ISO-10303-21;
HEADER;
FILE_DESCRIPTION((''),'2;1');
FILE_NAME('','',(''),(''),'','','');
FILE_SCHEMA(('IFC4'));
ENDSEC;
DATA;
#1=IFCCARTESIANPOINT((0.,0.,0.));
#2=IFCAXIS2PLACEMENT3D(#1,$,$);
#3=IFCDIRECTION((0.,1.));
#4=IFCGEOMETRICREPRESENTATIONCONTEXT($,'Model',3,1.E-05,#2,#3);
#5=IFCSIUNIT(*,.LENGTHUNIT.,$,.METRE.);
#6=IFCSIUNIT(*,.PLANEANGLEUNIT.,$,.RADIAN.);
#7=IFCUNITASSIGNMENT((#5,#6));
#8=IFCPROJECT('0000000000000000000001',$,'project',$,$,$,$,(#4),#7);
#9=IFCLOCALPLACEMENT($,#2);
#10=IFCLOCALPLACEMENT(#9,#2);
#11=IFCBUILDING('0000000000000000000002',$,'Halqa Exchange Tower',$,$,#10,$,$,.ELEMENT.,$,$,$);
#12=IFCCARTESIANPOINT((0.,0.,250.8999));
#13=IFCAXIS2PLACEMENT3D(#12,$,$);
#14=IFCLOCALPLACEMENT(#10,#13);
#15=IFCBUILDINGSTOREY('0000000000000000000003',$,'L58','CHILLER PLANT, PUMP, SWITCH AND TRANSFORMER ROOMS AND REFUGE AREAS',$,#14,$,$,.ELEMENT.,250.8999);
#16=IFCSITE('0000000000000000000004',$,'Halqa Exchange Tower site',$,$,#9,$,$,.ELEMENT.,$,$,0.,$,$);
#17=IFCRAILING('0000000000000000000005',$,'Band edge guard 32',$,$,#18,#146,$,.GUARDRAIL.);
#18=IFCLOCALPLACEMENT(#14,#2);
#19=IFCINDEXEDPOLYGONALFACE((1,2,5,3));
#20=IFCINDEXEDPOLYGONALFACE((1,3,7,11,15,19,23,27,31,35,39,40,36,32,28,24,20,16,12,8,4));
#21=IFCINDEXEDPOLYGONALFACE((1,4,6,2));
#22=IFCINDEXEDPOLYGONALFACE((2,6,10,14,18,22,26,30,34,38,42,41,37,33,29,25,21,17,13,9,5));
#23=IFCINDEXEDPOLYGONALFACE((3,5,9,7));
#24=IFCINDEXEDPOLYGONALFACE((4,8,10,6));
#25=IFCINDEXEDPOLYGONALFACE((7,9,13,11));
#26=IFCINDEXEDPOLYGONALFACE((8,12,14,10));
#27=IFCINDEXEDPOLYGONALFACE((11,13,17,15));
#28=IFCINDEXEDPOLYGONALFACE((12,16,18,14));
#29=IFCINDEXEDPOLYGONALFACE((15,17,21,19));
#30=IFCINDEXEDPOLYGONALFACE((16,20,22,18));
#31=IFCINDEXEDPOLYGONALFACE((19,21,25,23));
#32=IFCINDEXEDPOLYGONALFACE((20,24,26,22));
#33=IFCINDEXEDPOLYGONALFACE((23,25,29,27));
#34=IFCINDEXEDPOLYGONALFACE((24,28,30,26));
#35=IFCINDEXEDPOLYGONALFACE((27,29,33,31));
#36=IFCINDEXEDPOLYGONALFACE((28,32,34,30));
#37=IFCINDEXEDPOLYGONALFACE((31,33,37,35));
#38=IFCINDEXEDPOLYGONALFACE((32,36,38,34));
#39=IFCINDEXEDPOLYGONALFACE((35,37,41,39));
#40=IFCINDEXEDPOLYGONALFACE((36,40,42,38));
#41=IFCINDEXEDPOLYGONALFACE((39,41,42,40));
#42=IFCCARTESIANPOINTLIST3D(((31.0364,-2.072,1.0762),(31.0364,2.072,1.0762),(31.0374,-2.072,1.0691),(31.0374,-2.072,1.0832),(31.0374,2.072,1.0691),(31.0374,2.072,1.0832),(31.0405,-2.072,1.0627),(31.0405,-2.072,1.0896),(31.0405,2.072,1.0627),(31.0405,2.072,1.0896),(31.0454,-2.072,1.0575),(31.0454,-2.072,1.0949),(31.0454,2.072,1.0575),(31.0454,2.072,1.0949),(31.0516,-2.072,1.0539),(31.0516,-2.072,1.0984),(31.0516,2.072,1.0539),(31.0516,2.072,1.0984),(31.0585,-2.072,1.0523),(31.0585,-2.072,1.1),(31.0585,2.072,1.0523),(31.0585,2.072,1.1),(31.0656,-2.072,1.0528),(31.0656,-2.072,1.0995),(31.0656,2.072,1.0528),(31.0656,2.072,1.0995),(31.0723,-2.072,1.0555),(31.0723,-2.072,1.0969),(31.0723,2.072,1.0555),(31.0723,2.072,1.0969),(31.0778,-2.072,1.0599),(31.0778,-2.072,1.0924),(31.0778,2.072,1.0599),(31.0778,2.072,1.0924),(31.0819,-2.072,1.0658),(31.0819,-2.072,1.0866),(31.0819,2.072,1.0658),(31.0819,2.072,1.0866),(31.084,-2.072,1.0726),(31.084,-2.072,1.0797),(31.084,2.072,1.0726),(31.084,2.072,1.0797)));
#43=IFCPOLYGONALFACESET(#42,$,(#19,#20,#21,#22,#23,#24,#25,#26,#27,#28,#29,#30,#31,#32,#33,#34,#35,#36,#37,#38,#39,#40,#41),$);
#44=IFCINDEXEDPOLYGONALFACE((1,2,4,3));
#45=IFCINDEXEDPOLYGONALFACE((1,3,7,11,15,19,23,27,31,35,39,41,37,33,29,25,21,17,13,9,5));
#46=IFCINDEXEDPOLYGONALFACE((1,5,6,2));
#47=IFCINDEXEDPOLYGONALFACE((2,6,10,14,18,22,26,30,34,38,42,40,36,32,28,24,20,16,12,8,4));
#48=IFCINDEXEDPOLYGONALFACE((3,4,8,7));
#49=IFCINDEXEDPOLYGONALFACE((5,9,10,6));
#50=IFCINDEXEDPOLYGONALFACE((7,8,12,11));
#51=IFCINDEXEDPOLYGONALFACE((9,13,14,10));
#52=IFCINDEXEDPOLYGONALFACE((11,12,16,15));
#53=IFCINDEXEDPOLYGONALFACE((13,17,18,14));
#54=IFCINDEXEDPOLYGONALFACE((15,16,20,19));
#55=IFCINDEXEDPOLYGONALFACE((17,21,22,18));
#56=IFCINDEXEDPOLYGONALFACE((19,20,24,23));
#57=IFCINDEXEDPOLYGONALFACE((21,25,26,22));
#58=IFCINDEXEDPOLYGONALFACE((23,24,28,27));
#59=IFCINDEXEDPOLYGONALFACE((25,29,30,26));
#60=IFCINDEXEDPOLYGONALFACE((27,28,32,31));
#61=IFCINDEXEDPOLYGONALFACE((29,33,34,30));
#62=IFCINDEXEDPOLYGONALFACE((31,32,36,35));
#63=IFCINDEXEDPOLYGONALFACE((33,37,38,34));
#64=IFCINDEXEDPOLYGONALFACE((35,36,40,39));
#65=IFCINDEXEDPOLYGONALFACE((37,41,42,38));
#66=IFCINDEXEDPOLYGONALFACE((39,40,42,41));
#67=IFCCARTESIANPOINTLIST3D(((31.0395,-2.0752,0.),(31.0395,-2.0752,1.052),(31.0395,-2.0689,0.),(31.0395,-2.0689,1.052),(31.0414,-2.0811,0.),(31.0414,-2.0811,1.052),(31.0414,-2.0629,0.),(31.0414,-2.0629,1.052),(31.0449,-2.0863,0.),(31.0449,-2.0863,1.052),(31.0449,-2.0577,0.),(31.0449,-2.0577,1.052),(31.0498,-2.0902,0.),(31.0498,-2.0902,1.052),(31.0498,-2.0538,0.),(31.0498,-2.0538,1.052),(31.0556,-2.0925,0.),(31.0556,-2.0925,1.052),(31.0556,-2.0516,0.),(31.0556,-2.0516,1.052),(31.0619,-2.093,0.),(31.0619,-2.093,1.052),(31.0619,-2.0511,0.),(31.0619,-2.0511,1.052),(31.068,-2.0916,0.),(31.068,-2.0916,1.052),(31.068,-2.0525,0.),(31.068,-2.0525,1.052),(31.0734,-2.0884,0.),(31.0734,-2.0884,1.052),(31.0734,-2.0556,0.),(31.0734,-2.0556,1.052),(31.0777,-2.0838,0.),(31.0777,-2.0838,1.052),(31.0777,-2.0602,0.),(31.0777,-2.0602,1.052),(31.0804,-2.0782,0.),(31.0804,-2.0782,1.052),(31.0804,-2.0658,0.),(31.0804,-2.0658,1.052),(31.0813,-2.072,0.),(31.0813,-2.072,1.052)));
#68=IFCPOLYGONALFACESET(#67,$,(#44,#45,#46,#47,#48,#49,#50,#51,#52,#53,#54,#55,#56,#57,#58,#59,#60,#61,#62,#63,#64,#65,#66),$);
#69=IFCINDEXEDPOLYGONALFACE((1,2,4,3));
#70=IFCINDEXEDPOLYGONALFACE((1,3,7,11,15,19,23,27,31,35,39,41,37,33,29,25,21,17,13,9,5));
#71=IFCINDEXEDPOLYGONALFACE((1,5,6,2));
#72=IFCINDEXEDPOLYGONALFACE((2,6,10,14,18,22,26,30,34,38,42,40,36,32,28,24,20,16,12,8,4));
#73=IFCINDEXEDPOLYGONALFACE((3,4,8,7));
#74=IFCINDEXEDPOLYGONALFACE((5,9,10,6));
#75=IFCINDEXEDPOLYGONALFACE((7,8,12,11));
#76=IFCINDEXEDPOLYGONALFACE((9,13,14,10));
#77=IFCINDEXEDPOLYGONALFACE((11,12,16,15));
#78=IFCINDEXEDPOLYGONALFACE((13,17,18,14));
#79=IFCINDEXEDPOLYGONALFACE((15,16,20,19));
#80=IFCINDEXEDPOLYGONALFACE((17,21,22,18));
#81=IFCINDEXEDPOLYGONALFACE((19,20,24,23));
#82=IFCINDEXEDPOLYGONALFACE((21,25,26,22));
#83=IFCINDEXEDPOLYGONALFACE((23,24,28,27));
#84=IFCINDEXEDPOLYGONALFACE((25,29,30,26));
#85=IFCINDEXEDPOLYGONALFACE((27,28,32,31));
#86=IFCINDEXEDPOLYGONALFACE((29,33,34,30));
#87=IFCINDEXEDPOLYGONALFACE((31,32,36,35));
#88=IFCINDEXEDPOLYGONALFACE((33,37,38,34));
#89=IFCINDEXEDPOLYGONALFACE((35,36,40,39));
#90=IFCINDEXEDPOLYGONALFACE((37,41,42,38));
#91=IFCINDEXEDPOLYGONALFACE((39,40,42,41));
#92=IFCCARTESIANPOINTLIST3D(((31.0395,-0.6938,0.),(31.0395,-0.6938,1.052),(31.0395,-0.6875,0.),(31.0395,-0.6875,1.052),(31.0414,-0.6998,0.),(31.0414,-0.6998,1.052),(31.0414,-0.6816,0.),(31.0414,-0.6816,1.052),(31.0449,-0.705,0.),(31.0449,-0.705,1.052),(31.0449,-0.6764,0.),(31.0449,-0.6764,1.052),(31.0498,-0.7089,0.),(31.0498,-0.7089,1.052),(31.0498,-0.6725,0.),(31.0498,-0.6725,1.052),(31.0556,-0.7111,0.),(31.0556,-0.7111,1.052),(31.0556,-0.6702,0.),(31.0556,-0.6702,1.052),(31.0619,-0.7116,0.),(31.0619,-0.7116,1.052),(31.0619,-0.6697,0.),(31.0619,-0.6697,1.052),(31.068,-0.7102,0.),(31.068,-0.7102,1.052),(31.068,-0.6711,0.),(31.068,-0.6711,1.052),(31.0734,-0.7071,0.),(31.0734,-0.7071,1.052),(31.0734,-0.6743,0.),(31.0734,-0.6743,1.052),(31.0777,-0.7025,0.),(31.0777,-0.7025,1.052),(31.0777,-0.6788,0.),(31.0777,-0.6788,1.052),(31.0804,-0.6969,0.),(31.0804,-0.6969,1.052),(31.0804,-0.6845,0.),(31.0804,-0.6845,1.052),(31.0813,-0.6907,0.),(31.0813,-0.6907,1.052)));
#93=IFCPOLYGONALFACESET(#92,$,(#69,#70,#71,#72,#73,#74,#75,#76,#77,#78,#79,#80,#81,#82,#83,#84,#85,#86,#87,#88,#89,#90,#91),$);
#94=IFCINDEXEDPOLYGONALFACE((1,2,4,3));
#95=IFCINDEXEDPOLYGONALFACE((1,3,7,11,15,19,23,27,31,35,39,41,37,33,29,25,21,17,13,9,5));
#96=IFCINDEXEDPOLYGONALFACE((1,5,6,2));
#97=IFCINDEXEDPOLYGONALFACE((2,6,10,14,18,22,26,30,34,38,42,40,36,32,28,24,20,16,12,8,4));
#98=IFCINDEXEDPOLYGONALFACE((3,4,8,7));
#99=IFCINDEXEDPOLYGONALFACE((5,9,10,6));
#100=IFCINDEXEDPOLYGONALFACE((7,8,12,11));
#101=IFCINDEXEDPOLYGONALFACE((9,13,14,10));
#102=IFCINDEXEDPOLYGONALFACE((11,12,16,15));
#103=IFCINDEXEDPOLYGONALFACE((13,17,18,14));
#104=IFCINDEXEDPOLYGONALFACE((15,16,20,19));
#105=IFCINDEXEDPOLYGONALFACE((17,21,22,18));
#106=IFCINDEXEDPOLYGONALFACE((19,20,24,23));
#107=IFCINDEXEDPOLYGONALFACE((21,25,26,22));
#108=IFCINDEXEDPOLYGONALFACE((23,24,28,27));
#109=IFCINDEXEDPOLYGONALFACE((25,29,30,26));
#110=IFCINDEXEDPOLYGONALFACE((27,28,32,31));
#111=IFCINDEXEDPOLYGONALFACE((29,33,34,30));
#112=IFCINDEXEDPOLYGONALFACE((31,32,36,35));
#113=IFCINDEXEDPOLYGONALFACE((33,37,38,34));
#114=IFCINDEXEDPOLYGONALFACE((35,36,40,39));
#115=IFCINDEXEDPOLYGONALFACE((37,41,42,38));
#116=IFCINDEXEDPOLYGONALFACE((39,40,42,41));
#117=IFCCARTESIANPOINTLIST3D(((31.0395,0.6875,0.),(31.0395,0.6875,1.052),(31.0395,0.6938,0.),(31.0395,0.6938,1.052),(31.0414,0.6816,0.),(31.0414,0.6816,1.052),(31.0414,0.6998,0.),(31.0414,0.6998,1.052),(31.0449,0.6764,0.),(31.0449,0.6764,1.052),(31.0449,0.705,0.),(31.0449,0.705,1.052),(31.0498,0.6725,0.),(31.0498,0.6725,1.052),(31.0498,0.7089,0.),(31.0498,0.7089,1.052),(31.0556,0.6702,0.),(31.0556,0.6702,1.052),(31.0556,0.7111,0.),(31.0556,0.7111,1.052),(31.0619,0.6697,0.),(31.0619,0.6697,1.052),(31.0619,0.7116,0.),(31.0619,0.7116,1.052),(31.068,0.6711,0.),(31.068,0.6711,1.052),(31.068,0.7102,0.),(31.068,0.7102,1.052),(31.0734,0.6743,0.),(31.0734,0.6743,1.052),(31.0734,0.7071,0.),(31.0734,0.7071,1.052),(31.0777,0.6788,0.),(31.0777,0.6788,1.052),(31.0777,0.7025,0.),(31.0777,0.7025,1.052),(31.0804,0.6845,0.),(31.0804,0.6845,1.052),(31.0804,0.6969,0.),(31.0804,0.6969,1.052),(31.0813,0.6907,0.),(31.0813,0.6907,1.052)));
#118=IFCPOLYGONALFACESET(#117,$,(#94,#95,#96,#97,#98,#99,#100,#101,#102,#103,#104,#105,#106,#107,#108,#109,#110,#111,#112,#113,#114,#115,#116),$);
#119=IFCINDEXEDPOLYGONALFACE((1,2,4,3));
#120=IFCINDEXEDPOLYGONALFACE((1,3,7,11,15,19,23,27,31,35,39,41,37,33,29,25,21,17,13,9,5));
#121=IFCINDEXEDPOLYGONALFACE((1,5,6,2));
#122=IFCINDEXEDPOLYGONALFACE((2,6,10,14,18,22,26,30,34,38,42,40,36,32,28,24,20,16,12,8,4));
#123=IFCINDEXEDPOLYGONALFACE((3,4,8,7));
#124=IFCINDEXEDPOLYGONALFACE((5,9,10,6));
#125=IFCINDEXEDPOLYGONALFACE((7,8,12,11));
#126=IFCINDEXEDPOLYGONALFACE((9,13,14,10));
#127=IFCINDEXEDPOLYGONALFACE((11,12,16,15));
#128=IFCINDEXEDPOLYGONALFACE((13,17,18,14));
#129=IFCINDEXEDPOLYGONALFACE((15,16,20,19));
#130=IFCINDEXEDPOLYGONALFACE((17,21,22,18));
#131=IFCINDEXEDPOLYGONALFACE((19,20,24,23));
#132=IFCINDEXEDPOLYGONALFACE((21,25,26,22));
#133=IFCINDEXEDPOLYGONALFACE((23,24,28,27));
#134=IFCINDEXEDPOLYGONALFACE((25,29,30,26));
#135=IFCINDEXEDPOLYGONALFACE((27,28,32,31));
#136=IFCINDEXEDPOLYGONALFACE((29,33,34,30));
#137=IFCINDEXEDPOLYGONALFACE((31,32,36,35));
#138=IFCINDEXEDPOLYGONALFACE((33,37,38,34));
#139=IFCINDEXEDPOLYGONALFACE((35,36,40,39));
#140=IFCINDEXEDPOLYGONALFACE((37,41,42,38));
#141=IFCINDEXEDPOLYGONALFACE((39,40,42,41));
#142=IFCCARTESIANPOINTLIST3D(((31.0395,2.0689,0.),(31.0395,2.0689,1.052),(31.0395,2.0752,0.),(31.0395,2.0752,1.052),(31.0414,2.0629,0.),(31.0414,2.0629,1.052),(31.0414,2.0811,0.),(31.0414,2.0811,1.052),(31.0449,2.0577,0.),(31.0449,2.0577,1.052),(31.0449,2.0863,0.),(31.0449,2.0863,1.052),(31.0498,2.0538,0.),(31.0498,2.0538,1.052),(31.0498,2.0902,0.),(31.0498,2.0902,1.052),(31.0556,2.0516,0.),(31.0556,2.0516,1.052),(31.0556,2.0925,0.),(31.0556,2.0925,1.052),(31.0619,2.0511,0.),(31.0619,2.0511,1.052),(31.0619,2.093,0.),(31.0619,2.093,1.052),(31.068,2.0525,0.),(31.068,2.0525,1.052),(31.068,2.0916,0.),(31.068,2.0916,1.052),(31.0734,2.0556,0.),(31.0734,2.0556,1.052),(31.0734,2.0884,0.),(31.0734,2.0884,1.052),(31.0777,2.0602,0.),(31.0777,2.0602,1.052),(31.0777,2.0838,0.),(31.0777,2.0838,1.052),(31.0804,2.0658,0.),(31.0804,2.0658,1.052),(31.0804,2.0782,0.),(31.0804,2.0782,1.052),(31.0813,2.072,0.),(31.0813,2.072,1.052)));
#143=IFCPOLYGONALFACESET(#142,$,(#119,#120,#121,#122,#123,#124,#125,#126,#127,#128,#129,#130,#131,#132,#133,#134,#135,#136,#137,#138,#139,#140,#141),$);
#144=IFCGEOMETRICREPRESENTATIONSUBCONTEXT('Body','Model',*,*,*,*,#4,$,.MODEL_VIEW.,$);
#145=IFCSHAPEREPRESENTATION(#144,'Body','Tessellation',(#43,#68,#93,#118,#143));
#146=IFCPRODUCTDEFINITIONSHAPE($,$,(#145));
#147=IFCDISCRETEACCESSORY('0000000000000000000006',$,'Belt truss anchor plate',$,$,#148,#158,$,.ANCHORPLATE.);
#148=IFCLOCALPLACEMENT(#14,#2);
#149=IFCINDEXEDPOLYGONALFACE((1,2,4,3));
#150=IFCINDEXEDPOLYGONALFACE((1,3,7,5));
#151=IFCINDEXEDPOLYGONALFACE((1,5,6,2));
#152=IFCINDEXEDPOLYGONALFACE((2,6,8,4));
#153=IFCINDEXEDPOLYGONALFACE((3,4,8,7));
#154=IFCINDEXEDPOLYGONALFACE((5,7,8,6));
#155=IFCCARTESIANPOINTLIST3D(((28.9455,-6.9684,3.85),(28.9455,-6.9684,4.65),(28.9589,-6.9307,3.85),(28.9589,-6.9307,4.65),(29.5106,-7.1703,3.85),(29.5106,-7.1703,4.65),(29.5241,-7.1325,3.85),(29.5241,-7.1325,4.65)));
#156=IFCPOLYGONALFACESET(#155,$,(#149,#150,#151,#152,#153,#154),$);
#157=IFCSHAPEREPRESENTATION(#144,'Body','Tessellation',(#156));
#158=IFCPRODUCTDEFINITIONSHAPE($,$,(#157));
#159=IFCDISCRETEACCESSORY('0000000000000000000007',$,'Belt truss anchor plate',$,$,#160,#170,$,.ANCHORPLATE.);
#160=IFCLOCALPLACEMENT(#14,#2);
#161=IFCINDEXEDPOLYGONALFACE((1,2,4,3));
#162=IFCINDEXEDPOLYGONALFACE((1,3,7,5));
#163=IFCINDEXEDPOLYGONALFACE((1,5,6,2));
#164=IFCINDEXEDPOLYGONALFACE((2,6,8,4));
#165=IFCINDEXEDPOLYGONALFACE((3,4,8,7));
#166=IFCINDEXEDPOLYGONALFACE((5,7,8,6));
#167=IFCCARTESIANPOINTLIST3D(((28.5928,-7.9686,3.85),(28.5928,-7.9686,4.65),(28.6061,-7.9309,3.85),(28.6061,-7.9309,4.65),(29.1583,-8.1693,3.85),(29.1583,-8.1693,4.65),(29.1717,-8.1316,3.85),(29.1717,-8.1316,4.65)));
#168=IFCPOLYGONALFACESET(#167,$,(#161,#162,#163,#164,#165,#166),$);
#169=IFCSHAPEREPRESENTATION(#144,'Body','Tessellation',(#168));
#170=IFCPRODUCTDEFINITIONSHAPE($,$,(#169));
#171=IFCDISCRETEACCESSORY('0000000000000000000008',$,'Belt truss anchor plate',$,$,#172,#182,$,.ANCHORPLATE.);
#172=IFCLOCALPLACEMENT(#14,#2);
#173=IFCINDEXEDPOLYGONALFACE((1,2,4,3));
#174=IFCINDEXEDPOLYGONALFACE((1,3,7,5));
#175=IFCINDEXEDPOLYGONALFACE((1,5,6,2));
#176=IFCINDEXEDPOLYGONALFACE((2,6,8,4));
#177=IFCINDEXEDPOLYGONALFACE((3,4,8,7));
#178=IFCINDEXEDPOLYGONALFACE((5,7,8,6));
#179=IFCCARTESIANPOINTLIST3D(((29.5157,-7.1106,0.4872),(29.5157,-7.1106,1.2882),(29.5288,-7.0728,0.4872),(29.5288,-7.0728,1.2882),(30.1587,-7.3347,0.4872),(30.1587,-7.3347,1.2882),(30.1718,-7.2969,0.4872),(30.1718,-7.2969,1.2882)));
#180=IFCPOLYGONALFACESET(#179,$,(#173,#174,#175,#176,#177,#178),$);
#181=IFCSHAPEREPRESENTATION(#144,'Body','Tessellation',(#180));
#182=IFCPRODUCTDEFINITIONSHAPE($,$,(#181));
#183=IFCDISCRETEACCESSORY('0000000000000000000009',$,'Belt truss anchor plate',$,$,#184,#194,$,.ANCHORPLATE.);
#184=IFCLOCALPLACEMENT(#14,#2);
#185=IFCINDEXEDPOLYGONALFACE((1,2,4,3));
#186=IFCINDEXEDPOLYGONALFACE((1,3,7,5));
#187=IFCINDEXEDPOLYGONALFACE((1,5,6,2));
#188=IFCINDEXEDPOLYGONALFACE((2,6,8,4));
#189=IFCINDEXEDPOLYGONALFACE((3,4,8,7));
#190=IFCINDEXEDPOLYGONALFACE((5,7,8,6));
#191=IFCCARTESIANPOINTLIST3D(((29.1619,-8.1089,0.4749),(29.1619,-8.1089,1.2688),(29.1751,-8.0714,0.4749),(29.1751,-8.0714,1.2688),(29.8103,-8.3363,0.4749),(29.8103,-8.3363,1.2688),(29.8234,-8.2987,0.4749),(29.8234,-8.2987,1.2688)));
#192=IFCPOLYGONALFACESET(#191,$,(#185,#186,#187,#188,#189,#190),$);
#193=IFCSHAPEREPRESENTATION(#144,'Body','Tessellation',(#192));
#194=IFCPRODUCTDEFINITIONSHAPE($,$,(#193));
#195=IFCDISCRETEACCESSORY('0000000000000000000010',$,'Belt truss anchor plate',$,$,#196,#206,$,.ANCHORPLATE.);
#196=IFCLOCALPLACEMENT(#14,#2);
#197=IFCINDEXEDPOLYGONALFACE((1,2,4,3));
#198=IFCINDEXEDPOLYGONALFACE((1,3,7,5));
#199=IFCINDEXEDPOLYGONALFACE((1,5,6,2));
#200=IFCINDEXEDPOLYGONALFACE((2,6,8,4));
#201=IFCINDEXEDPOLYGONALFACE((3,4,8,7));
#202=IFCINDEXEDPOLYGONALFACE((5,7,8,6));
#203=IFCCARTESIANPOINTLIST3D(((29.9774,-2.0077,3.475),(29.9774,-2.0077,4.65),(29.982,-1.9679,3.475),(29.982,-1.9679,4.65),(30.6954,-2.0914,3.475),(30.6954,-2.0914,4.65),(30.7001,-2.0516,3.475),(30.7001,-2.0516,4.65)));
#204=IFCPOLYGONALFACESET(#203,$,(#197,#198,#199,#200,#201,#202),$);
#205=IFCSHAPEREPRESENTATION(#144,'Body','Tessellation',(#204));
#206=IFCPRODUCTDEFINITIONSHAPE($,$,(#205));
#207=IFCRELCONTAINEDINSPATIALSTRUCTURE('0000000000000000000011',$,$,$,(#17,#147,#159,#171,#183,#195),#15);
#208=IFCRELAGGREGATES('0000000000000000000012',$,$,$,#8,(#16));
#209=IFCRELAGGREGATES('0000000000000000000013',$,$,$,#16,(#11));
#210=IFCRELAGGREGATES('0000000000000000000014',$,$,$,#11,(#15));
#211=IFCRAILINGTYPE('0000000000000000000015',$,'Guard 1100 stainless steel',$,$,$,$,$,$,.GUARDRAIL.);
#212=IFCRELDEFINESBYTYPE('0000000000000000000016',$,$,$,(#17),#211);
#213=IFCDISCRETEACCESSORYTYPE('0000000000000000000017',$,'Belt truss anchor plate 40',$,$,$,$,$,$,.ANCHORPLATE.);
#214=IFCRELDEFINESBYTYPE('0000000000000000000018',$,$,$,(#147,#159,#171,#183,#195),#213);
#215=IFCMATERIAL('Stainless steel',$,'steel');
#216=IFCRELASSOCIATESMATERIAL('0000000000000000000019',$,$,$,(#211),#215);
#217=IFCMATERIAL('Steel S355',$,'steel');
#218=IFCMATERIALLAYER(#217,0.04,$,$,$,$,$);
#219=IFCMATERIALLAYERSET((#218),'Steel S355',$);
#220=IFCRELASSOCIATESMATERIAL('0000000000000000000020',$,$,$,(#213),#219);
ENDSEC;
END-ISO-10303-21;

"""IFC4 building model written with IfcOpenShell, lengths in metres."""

from ifc_helpers import new_model, si_unit, direction, frame, origin, origin_2d, place, context, subcontext, project, spatial, rectangle, circle, extrude, material, layer, layer_set, type_object, element, save


model = new_model("IFC4")

# Units and contexts
model_context = context("Model", 3, precision=1e-05, world=origin(), true_north=direction((0.0, 1.0)))
body_context = subcontext(model_context, "Body", "Model", "MODEL_VIEW")
ifc_project = project(units=[si_unit("LENGTHUNIT", "METRE"), si_unit("PLANEANGLEUNIT", "RADIAN")], contexts=[model_context])

# Site, building, storey
site_placement = place(None, origin())
site = spatial("IfcSite", under=ifc_project, at=site_placement, Name="Halqa Exchange Tower site", CompositionType="ELEMENT", RefElevation=0.0)
building_placement = place(site_placement, origin())
building = spatial("IfcBuilding", under=site, at=building_placement, Name="Halqa Exchange Tower", CompositionType="ELEMENT")
storey_placement = place(building_placement, frame((0.0, 0.0, 250.8999)))
storey = spatial("IfcBuildingStorey", under=building, at=storey_placement, Name="L58", Description="CHILLER PLANT, PUMP, SWITCH AND TRANSFORMER ROOMS AND REFUGE AREAS", CompositionType="ELEMENT", Elevation=250.8999)

# Shared definitions
ifc_material_1 = material(Name="Steel S355", Category="steel")

# Railing
ifc_material_2 = material(Name="Stainless steel", Category="steel")
railing_type = type_object("IfcRailingType", Name="Guard 1100 stainless steel", PredefinedType="GUARDRAIL", material=ifc_material_2)
railing_1_placement = place(storey_placement, frame((31.0603, -2.072, 0.0)))
element("IfcRailing", 1, at=railing_1_placement, inside=storey, type_object=railing_type, Name="Band edge guard 32", PredefinedType="GUARDRAIL", context=body_context, shape_type="SweptSolid", body=[
    extrude(circle(Radius=0.0239, at=origin_2d()), frame((0.0, 0.0, 1.0762), z_axis=(0.0, 1.0, 0.0), x_axis=(-1.0, 0.0, 0.0)), (0.0, 0.0, 1.0), 4.144),
    extrude(circle(Radius=0.021, at=origin_2d()), origin(), (0.0, 0.0, 1.0), 1.052),
    extrude(circle(Radius=0.021, at=origin_2d()), frame((0.0, 1.3813, 0.0)), (0.0, 0.0, 1.0), 1.052),
    extrude(circle(Radius=0.021, at=origin_2d()), frame((0.0, 2.7627, 0.0)), (0.0, 0.0, 1.0), 1.052),
    extrude(circle(Radius=0.021, at=origin_2d()), frame((0.0, 4.144, 0.0)), (0.0, 0.0, 1.0), 1.052),
])

# Discrete accessories
ifc_layer_1 = layer(ifc_material_1, 0.04)
ifc_layer_set_1 = layer_set([ifc_layer_1], Name="Steel S355")
discrete_accessory_type = type_object("IfcDiscreteAccessoryType", Name="Belt truss anchor plate 40", PredefinedType="ANCHORPLATE", material=ifc_layer_set_1)
for number, where, z_axis, x_axis, name in (
    (2, (29.228, -7.0693, 4.25), (0.336336, 0.941742, 0.0), (-0.941742, 0.336336, 0.0), "Belt truss anchor plate"),
    (3, (28.8889, -8.0312, 4.25), (-0.33441, -0.942428, 0.0), (0.942428, -0.33441, 0.0), "Belt truss anchor plate"),
):
    element("IfcDiscreteAccessory", number, at=place(storey_placement, frame(where, z_axis=z_axis, x_axis=x_axis)), inside=storey, type_object=discrete_accessory_type, Name=name, PredefinedType="ANCHORPLATE", context=body_context, shape_type="SweptSolid", body=[
        extrude(rectangle(XDim=0.6001, YDim=0.8, at=origin_2d()), origin(), (0.0, 0.0, 1.0), 0.04),
    ])
discrete_accessory_1_placement = place(storey_placement, frame((29.8372, -7.2227, 0.8877), z_axis=(0.328993, 0.944332, 0.0), x_axis=(-0.944332, 0.328993, 0.0)))
element("IfcDiscreteAccessory", 4, at=discrete_accessory_1_placement, inside=storey, type_object=discrete_accessory_type, Name="Belt truss anchor plate", PredefinedType="ANCHORPLATE", context=body_context, shape_type="SweptSolid", body=[
    extrude(rectangle(XDim=0.6809, YDim=0.801, at=origin_2d()), origin(), (0.0, 0.0, 1.0), 0.04),
])
discrete_accessory_2_placement = place(storey_placement, frame((29.4993, -8.1851, 0.8718), z_axis=(-0.330896, -0.943667, 0.0), x_axis=(0.943667, -0.330896, 0.0)))
element("IfcDiscreteAccessory", 5, at=discrete_accessory_2_placement, inside=storey, type_object=discrete_accessory_type, Name="Belt truss anchor plate", PredefinedType="ANCHORPLATE", context=body_context, shape_type="SweptSolid", body=[
    extrude(rectangle(XDim=0.687, YDim=0.7939, at=origin_2d()), origin(), (0.0, 0.0, 1.0), 0.0398),
])
discrete_accessory_3_placement = place(storey_placement, frame((30.3364, -2.0496, 4.0625), z_axis=(0.115781, 0.993275, 0.0), x_axis=(-0.993275, 0.115781, 0.0)))
element("IfcDiscreteAccessory", 6, at=discrete_accessory_3_placement, inside=storey, type_object=discrete_accessory_type, Name="Belt truss anchor plate", PredefinedType="ANCHORPLATE", context=body_context, shape_type="SweptSolid", body=[
    extrude(rectangle(XDim=0.7229, YDim=1.175, at=origin_2d()), origin(), (0.0, 0.0, 1.0), 0.04),
])

save(model, "model.ifc")
